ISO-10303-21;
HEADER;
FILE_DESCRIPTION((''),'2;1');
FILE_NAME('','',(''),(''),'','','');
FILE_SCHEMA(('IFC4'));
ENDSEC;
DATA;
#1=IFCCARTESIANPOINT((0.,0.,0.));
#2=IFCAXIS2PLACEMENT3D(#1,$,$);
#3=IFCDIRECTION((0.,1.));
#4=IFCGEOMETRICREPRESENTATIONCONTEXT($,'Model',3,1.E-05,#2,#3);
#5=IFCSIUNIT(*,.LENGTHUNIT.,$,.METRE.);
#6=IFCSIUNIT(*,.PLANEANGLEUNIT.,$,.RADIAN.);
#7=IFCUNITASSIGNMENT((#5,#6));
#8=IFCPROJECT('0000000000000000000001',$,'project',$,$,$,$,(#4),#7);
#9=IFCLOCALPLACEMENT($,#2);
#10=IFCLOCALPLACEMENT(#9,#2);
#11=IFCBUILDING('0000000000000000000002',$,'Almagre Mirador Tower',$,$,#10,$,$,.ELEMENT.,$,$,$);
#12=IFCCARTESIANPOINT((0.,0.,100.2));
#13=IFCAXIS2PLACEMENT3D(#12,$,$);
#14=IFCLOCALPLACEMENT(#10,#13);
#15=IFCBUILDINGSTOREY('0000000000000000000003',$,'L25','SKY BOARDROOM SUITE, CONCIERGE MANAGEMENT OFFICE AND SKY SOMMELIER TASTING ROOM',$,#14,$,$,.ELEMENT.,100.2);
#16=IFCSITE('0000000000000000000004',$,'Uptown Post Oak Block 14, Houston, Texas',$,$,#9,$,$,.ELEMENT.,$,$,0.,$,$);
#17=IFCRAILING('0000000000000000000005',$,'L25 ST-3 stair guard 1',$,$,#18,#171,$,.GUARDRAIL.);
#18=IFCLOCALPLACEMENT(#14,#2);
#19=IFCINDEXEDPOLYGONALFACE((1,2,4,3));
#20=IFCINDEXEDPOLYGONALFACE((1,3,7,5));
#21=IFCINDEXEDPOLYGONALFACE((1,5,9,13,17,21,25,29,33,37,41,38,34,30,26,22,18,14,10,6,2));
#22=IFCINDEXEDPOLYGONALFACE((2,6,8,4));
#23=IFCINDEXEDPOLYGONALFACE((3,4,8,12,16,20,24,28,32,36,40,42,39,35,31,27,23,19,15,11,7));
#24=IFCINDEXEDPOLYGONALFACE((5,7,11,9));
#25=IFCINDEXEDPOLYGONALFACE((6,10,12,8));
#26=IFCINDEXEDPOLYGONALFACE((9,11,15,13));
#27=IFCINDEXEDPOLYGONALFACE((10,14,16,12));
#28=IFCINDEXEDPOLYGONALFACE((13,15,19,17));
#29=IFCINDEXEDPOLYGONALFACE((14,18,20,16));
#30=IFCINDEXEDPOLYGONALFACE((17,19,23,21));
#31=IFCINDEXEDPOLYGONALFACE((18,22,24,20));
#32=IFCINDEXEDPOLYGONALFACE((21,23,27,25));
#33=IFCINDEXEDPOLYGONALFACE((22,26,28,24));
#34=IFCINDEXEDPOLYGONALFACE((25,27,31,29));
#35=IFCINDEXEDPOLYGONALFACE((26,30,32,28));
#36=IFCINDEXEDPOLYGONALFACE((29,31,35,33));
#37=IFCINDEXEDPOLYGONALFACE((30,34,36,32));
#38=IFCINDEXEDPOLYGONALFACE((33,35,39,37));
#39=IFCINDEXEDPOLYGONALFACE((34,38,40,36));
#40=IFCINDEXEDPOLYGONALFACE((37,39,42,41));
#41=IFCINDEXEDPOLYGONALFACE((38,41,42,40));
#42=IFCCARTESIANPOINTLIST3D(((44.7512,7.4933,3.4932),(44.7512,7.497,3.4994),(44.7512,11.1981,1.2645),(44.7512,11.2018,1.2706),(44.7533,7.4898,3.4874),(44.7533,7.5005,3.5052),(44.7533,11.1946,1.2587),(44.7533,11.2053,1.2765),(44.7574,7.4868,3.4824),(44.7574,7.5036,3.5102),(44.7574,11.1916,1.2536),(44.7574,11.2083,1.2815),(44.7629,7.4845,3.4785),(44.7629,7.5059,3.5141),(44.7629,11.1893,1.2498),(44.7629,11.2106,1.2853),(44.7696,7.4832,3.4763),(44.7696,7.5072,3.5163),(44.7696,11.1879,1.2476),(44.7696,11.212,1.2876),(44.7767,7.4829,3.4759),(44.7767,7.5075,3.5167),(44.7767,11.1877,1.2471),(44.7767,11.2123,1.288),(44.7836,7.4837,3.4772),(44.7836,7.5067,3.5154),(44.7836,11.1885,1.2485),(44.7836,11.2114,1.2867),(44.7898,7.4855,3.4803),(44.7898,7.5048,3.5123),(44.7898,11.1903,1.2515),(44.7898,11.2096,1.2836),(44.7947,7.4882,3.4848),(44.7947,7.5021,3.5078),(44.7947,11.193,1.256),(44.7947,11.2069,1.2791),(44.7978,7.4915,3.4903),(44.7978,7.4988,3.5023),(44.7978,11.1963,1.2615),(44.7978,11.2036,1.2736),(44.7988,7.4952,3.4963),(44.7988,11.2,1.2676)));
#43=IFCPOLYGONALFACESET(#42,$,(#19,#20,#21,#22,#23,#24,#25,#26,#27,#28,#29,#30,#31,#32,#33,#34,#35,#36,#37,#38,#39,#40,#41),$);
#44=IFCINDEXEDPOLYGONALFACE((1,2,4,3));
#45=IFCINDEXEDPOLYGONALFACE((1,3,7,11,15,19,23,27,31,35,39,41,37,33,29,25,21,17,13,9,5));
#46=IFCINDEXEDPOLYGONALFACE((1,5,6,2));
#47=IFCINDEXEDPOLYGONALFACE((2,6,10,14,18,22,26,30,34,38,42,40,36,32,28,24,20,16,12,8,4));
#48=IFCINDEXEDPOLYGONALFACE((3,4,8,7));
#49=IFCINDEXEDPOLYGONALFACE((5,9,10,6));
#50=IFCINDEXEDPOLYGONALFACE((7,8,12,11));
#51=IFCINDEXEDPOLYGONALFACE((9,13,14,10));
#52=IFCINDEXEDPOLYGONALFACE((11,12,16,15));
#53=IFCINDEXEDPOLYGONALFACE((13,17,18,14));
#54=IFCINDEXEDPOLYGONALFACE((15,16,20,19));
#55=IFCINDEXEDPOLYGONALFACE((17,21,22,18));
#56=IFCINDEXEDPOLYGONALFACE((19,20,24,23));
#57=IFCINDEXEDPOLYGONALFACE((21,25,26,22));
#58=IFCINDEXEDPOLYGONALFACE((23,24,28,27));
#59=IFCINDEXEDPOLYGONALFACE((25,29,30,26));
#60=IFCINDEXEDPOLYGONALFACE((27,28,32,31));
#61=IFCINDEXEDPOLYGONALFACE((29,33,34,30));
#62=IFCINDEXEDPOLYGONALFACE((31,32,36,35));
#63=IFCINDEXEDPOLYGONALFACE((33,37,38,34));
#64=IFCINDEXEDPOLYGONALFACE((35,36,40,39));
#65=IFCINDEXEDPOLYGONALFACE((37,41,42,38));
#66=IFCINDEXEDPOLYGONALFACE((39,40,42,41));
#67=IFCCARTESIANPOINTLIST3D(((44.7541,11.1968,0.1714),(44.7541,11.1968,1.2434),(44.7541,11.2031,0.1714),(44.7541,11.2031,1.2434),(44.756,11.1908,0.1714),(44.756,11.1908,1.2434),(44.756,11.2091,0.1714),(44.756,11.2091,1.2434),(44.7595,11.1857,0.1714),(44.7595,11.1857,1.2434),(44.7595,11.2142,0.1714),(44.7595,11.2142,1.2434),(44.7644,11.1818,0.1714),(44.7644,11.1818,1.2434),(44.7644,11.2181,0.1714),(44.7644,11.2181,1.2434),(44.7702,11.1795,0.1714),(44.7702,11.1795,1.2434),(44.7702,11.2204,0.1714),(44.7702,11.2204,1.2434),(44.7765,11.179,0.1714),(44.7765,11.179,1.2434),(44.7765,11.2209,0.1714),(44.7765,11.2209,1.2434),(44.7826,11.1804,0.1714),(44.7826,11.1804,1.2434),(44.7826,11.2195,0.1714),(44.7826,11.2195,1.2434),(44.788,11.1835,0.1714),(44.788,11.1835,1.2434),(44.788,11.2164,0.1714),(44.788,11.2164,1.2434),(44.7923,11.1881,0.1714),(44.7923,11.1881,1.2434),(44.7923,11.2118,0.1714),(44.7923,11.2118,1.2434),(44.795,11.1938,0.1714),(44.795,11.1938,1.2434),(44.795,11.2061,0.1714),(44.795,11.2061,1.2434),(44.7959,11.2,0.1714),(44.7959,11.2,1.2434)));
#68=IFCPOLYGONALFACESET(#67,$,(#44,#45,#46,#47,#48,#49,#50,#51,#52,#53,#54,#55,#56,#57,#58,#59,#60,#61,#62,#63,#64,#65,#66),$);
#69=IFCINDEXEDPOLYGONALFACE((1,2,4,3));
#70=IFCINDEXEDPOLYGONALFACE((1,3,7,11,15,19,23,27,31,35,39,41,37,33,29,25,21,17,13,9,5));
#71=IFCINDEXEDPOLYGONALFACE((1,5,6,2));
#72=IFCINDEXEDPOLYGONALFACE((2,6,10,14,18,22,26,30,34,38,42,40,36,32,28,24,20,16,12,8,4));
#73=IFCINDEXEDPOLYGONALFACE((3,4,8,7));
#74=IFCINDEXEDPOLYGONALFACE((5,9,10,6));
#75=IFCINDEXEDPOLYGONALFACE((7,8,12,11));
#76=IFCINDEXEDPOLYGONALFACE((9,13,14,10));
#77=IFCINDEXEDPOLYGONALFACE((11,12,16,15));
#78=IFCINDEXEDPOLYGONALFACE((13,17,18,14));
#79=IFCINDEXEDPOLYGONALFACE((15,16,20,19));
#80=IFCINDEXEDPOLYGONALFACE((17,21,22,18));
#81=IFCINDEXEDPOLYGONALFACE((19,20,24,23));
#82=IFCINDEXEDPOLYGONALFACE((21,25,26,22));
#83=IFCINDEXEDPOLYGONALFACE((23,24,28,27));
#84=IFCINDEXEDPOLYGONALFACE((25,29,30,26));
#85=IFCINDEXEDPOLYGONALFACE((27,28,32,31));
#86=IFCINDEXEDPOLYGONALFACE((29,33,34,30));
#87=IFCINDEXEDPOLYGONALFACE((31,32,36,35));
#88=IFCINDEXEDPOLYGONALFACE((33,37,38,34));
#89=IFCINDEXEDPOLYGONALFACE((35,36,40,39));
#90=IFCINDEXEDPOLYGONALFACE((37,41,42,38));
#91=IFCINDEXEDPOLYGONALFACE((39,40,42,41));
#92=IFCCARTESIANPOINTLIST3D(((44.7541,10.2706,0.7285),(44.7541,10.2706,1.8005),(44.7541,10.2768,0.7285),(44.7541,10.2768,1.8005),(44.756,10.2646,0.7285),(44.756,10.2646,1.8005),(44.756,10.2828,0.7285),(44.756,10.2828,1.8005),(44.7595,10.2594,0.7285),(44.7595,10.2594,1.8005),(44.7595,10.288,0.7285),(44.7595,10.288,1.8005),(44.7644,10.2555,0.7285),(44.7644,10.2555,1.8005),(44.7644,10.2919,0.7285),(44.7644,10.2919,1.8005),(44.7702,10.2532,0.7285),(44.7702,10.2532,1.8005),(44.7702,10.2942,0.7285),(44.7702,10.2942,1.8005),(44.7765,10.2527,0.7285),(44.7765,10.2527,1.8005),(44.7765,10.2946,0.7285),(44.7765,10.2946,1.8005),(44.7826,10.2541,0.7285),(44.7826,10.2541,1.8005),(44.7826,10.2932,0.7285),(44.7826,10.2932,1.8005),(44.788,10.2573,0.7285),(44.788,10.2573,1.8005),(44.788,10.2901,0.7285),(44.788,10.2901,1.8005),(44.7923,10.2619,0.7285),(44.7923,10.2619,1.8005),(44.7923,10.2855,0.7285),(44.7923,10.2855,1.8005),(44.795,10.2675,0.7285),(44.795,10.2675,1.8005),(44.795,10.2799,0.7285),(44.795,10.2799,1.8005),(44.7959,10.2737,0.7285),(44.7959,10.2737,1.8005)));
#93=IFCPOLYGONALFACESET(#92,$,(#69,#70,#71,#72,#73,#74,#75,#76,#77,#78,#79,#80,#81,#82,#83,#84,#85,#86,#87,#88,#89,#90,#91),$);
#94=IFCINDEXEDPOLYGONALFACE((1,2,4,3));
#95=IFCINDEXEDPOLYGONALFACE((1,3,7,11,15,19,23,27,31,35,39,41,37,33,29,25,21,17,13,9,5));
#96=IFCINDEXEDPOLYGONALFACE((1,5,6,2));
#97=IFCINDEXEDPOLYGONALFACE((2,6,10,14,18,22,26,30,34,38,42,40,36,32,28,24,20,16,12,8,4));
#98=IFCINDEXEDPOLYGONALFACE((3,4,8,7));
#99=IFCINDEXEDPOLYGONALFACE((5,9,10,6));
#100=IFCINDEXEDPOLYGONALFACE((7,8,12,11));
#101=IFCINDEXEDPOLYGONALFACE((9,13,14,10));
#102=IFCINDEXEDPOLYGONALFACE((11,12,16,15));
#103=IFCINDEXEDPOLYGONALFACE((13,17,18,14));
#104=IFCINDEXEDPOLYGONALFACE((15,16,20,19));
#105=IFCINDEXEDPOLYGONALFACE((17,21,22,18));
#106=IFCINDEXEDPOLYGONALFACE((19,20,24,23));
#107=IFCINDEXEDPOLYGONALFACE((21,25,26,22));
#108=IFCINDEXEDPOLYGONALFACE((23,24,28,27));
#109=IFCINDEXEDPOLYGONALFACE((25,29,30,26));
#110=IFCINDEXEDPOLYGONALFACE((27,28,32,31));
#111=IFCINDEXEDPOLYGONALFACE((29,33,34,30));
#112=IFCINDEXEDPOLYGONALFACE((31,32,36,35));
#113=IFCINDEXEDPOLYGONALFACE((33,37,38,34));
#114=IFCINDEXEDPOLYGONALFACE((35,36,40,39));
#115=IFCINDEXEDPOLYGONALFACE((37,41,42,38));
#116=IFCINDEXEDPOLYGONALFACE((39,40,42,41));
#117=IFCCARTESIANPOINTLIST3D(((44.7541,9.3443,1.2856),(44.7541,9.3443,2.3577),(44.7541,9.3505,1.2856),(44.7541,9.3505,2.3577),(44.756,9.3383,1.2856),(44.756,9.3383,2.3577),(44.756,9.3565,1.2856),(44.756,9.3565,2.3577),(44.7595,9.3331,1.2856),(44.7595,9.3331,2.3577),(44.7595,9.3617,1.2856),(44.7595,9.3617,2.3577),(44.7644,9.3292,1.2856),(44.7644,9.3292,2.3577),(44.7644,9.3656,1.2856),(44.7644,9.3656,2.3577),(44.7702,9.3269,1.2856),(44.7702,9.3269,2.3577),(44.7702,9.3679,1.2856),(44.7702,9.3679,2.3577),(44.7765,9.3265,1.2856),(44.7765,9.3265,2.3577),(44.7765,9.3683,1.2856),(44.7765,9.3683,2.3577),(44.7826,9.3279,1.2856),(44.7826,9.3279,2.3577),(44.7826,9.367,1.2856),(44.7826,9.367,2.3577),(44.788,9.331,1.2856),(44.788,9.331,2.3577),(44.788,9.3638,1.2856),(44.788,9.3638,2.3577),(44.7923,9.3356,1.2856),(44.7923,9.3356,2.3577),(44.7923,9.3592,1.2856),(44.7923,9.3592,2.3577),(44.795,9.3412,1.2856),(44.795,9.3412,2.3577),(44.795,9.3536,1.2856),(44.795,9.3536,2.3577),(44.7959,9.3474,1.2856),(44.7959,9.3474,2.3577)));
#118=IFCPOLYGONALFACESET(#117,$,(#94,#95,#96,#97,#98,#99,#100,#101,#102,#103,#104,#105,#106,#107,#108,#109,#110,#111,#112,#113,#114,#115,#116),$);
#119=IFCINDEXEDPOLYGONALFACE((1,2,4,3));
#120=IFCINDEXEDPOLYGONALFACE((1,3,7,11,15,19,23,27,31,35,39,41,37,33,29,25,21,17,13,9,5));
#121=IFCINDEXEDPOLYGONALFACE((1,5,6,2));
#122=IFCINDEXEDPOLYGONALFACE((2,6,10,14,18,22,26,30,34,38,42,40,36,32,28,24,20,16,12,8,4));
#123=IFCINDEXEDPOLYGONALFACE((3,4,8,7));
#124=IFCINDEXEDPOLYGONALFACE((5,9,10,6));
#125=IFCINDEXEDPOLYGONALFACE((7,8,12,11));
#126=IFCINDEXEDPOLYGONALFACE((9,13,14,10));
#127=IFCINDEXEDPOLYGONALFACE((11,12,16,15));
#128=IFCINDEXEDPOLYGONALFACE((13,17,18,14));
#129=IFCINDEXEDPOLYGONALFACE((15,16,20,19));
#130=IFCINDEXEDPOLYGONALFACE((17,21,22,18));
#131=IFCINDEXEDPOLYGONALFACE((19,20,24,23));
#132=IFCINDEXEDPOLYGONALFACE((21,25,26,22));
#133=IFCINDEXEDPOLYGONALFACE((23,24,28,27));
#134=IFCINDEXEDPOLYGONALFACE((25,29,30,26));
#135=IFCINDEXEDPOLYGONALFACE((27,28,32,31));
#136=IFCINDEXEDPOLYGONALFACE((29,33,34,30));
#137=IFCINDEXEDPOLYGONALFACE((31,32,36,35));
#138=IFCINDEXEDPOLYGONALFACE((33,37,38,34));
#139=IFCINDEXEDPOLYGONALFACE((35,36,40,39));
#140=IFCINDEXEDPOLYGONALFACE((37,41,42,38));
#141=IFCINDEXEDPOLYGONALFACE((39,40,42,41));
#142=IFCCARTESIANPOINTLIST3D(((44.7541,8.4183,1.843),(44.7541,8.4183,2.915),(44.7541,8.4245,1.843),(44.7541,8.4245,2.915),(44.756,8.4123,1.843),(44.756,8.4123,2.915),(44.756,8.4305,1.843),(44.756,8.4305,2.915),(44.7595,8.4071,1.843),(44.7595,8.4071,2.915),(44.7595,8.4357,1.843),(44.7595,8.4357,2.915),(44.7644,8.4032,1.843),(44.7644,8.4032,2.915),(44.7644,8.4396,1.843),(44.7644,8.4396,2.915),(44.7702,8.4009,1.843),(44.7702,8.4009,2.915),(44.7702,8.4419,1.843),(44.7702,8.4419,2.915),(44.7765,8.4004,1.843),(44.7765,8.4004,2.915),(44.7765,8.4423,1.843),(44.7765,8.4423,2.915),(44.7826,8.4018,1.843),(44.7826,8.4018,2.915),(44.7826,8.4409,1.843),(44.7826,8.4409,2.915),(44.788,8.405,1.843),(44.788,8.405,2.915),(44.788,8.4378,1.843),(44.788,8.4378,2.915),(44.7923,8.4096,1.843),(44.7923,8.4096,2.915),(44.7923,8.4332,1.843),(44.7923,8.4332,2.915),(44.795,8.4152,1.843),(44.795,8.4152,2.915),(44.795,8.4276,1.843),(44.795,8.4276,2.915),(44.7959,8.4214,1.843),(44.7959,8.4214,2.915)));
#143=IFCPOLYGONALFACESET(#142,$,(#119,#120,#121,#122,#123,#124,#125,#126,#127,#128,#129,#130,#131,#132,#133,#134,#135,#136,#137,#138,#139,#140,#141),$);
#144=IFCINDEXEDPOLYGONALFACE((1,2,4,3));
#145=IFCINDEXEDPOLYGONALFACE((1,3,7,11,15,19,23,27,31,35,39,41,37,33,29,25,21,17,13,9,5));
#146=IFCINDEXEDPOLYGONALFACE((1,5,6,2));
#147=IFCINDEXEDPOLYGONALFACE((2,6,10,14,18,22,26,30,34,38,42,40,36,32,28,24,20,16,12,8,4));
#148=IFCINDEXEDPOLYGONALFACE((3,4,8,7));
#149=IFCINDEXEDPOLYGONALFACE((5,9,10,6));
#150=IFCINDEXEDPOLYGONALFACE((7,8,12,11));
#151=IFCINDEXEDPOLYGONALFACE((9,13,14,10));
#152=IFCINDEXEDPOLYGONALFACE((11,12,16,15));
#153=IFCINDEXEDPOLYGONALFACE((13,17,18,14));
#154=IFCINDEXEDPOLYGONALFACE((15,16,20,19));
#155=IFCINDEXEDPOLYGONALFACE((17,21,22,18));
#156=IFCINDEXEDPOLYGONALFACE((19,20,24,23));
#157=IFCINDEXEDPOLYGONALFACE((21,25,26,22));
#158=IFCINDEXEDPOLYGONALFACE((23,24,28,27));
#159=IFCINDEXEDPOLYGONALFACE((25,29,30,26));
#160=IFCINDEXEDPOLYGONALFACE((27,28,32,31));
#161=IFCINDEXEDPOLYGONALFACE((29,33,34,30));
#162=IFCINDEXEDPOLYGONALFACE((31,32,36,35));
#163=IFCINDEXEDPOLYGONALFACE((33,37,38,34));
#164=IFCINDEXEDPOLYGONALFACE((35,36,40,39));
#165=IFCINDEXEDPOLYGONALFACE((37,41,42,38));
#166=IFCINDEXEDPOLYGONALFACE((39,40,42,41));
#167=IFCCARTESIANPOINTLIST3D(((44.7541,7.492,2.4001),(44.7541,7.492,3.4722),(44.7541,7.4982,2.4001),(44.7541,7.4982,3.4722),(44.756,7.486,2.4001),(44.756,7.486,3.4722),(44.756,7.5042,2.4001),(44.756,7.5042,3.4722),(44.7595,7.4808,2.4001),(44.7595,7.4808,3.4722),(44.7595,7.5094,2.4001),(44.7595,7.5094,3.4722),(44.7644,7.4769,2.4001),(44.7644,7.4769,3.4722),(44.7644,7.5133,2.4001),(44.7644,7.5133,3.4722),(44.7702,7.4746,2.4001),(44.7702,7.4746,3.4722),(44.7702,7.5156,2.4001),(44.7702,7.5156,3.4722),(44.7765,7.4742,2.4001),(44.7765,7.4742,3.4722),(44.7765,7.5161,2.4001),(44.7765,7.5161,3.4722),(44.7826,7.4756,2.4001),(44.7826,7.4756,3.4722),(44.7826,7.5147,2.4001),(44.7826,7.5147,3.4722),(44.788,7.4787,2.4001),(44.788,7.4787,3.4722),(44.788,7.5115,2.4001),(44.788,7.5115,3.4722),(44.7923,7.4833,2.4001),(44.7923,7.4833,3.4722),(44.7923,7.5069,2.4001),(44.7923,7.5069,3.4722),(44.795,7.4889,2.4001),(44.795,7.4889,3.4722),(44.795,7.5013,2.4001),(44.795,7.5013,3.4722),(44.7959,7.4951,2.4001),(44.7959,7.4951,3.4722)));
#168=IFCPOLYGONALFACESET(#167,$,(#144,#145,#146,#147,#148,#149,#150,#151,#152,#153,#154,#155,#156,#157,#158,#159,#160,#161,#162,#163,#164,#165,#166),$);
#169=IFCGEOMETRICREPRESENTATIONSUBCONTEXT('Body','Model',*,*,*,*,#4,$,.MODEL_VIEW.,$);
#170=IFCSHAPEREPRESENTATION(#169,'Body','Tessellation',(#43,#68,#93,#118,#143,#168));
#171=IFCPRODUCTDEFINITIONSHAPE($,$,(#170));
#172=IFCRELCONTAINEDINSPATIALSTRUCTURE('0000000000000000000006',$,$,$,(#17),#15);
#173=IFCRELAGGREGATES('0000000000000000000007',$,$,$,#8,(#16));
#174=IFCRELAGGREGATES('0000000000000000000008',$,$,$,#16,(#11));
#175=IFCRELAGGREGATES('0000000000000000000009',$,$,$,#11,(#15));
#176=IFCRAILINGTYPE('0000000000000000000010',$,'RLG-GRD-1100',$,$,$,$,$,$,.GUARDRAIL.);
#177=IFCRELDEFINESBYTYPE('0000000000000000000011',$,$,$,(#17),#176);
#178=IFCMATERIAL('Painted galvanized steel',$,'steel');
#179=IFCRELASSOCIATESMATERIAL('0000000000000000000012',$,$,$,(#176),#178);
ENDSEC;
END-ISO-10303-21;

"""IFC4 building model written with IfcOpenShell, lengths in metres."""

from ifc_helpers import new_model, si_unit, direction, frame, origin, origin_2d, place, context, subcontext, project, spatial, circle, extrude, material, type_object, element, save


model = new_model("IFC4")

# Units and contexts
model_context = context("Model", 3, precision=1e-05, world=origin(), true_north=direction((0.0, 1.0)))
body_context = subcontext(model_context, "Body", "Model", "MODEL_VIEW")
ifc_project = project(units=[si_unit("LENGTHUNIT", "METRE"), si_unit("PLANEANGLEUNIT", "RADIAN")], contexts=[model_context])

# Site, building, storey
site_placement = place(None, origin())
site = spatial("IfcSite", under=ifc_project, at=site_placement, Name="Uptown Post Oak Block 14, Houston, Texas", CompositionType="ELEMENT", RefElevation=0.0)
building_placement = place(site_placement, origin())
building = spatial("IfcBuilding", under=site, at=building_placement, Name="Almagre Mirador Tower", CompositionType="ELEMENT")
storey_placement = place(building_placement, frame((0.0, 0.0, 100.2)))
storey = spatial("IfcBuildingStorey", under=building, at=storey_placement, Name="L25", Description="SKY BOARDROOM SUITE, CONCIERGE MANAGEMENT OFFICE AND SKY SOMMELIER TASTING ROOM", CompositionType="ELEMENT", Elevation=100.2)

# Railing
ifc_material_1 = material(Name="Painted galvanized steel", Category="steel")
railing_type_1 = type_object("IfcRailingType", Name="RLG-GRD-1100", PredefinedType="GUARDRAIL", material=ifc_material_1)
railing_1_placement = place(storey_placement, frame((44.7749, 11.2, 0.1714)))
element("IfcRailing", 1, at=railing_1_placement, inside=storey, type_object=railing_type_1, Name="L25 ST-3 stair guard 1", PredefinedType="GUARDRAIL", context=body_context, shape_type="SweptSolid", body=[
    extrude(circle(Radius=0.0239, at=origin_2d()), frame((0.0, 0.0, 1.0962), z_axis=(0.0, -0.856894, 0.515492), x_axis=(1.0, 0.0, 0.0)), (0.0, 0.0, 1.0), 4.3235),
    extrude(circle(Radius=0.021, at=origin_2d()), origin(), (0.0, 0.0, 1.0), 1.072),
    extrude(circle(Radius=0.021, at=origin_2d()), frame((0.0, -0.9263, 0.5571)), (0.0, 0.0, 1.0), 1.072),
    extrude(circle(Radius=0.021, at=origin_2d()), frame((0.0, -1.8525, 1.1143)), (0.0, 0.0, 1.0), 1.072),
    extrude(circle(Radius=0.021, at=origin_2d()), frame((0.0, -2.7786, 1.6716)), (0.0, 0.0, 1.0), 1.072),
    extrude(circle(Radius=0.021, at=origin_2d()), frame((0.0, -3.7048, 2.2288)), (0.0, 0.0, 1.0), 1.072),
])

save(model, "model.ifc")
